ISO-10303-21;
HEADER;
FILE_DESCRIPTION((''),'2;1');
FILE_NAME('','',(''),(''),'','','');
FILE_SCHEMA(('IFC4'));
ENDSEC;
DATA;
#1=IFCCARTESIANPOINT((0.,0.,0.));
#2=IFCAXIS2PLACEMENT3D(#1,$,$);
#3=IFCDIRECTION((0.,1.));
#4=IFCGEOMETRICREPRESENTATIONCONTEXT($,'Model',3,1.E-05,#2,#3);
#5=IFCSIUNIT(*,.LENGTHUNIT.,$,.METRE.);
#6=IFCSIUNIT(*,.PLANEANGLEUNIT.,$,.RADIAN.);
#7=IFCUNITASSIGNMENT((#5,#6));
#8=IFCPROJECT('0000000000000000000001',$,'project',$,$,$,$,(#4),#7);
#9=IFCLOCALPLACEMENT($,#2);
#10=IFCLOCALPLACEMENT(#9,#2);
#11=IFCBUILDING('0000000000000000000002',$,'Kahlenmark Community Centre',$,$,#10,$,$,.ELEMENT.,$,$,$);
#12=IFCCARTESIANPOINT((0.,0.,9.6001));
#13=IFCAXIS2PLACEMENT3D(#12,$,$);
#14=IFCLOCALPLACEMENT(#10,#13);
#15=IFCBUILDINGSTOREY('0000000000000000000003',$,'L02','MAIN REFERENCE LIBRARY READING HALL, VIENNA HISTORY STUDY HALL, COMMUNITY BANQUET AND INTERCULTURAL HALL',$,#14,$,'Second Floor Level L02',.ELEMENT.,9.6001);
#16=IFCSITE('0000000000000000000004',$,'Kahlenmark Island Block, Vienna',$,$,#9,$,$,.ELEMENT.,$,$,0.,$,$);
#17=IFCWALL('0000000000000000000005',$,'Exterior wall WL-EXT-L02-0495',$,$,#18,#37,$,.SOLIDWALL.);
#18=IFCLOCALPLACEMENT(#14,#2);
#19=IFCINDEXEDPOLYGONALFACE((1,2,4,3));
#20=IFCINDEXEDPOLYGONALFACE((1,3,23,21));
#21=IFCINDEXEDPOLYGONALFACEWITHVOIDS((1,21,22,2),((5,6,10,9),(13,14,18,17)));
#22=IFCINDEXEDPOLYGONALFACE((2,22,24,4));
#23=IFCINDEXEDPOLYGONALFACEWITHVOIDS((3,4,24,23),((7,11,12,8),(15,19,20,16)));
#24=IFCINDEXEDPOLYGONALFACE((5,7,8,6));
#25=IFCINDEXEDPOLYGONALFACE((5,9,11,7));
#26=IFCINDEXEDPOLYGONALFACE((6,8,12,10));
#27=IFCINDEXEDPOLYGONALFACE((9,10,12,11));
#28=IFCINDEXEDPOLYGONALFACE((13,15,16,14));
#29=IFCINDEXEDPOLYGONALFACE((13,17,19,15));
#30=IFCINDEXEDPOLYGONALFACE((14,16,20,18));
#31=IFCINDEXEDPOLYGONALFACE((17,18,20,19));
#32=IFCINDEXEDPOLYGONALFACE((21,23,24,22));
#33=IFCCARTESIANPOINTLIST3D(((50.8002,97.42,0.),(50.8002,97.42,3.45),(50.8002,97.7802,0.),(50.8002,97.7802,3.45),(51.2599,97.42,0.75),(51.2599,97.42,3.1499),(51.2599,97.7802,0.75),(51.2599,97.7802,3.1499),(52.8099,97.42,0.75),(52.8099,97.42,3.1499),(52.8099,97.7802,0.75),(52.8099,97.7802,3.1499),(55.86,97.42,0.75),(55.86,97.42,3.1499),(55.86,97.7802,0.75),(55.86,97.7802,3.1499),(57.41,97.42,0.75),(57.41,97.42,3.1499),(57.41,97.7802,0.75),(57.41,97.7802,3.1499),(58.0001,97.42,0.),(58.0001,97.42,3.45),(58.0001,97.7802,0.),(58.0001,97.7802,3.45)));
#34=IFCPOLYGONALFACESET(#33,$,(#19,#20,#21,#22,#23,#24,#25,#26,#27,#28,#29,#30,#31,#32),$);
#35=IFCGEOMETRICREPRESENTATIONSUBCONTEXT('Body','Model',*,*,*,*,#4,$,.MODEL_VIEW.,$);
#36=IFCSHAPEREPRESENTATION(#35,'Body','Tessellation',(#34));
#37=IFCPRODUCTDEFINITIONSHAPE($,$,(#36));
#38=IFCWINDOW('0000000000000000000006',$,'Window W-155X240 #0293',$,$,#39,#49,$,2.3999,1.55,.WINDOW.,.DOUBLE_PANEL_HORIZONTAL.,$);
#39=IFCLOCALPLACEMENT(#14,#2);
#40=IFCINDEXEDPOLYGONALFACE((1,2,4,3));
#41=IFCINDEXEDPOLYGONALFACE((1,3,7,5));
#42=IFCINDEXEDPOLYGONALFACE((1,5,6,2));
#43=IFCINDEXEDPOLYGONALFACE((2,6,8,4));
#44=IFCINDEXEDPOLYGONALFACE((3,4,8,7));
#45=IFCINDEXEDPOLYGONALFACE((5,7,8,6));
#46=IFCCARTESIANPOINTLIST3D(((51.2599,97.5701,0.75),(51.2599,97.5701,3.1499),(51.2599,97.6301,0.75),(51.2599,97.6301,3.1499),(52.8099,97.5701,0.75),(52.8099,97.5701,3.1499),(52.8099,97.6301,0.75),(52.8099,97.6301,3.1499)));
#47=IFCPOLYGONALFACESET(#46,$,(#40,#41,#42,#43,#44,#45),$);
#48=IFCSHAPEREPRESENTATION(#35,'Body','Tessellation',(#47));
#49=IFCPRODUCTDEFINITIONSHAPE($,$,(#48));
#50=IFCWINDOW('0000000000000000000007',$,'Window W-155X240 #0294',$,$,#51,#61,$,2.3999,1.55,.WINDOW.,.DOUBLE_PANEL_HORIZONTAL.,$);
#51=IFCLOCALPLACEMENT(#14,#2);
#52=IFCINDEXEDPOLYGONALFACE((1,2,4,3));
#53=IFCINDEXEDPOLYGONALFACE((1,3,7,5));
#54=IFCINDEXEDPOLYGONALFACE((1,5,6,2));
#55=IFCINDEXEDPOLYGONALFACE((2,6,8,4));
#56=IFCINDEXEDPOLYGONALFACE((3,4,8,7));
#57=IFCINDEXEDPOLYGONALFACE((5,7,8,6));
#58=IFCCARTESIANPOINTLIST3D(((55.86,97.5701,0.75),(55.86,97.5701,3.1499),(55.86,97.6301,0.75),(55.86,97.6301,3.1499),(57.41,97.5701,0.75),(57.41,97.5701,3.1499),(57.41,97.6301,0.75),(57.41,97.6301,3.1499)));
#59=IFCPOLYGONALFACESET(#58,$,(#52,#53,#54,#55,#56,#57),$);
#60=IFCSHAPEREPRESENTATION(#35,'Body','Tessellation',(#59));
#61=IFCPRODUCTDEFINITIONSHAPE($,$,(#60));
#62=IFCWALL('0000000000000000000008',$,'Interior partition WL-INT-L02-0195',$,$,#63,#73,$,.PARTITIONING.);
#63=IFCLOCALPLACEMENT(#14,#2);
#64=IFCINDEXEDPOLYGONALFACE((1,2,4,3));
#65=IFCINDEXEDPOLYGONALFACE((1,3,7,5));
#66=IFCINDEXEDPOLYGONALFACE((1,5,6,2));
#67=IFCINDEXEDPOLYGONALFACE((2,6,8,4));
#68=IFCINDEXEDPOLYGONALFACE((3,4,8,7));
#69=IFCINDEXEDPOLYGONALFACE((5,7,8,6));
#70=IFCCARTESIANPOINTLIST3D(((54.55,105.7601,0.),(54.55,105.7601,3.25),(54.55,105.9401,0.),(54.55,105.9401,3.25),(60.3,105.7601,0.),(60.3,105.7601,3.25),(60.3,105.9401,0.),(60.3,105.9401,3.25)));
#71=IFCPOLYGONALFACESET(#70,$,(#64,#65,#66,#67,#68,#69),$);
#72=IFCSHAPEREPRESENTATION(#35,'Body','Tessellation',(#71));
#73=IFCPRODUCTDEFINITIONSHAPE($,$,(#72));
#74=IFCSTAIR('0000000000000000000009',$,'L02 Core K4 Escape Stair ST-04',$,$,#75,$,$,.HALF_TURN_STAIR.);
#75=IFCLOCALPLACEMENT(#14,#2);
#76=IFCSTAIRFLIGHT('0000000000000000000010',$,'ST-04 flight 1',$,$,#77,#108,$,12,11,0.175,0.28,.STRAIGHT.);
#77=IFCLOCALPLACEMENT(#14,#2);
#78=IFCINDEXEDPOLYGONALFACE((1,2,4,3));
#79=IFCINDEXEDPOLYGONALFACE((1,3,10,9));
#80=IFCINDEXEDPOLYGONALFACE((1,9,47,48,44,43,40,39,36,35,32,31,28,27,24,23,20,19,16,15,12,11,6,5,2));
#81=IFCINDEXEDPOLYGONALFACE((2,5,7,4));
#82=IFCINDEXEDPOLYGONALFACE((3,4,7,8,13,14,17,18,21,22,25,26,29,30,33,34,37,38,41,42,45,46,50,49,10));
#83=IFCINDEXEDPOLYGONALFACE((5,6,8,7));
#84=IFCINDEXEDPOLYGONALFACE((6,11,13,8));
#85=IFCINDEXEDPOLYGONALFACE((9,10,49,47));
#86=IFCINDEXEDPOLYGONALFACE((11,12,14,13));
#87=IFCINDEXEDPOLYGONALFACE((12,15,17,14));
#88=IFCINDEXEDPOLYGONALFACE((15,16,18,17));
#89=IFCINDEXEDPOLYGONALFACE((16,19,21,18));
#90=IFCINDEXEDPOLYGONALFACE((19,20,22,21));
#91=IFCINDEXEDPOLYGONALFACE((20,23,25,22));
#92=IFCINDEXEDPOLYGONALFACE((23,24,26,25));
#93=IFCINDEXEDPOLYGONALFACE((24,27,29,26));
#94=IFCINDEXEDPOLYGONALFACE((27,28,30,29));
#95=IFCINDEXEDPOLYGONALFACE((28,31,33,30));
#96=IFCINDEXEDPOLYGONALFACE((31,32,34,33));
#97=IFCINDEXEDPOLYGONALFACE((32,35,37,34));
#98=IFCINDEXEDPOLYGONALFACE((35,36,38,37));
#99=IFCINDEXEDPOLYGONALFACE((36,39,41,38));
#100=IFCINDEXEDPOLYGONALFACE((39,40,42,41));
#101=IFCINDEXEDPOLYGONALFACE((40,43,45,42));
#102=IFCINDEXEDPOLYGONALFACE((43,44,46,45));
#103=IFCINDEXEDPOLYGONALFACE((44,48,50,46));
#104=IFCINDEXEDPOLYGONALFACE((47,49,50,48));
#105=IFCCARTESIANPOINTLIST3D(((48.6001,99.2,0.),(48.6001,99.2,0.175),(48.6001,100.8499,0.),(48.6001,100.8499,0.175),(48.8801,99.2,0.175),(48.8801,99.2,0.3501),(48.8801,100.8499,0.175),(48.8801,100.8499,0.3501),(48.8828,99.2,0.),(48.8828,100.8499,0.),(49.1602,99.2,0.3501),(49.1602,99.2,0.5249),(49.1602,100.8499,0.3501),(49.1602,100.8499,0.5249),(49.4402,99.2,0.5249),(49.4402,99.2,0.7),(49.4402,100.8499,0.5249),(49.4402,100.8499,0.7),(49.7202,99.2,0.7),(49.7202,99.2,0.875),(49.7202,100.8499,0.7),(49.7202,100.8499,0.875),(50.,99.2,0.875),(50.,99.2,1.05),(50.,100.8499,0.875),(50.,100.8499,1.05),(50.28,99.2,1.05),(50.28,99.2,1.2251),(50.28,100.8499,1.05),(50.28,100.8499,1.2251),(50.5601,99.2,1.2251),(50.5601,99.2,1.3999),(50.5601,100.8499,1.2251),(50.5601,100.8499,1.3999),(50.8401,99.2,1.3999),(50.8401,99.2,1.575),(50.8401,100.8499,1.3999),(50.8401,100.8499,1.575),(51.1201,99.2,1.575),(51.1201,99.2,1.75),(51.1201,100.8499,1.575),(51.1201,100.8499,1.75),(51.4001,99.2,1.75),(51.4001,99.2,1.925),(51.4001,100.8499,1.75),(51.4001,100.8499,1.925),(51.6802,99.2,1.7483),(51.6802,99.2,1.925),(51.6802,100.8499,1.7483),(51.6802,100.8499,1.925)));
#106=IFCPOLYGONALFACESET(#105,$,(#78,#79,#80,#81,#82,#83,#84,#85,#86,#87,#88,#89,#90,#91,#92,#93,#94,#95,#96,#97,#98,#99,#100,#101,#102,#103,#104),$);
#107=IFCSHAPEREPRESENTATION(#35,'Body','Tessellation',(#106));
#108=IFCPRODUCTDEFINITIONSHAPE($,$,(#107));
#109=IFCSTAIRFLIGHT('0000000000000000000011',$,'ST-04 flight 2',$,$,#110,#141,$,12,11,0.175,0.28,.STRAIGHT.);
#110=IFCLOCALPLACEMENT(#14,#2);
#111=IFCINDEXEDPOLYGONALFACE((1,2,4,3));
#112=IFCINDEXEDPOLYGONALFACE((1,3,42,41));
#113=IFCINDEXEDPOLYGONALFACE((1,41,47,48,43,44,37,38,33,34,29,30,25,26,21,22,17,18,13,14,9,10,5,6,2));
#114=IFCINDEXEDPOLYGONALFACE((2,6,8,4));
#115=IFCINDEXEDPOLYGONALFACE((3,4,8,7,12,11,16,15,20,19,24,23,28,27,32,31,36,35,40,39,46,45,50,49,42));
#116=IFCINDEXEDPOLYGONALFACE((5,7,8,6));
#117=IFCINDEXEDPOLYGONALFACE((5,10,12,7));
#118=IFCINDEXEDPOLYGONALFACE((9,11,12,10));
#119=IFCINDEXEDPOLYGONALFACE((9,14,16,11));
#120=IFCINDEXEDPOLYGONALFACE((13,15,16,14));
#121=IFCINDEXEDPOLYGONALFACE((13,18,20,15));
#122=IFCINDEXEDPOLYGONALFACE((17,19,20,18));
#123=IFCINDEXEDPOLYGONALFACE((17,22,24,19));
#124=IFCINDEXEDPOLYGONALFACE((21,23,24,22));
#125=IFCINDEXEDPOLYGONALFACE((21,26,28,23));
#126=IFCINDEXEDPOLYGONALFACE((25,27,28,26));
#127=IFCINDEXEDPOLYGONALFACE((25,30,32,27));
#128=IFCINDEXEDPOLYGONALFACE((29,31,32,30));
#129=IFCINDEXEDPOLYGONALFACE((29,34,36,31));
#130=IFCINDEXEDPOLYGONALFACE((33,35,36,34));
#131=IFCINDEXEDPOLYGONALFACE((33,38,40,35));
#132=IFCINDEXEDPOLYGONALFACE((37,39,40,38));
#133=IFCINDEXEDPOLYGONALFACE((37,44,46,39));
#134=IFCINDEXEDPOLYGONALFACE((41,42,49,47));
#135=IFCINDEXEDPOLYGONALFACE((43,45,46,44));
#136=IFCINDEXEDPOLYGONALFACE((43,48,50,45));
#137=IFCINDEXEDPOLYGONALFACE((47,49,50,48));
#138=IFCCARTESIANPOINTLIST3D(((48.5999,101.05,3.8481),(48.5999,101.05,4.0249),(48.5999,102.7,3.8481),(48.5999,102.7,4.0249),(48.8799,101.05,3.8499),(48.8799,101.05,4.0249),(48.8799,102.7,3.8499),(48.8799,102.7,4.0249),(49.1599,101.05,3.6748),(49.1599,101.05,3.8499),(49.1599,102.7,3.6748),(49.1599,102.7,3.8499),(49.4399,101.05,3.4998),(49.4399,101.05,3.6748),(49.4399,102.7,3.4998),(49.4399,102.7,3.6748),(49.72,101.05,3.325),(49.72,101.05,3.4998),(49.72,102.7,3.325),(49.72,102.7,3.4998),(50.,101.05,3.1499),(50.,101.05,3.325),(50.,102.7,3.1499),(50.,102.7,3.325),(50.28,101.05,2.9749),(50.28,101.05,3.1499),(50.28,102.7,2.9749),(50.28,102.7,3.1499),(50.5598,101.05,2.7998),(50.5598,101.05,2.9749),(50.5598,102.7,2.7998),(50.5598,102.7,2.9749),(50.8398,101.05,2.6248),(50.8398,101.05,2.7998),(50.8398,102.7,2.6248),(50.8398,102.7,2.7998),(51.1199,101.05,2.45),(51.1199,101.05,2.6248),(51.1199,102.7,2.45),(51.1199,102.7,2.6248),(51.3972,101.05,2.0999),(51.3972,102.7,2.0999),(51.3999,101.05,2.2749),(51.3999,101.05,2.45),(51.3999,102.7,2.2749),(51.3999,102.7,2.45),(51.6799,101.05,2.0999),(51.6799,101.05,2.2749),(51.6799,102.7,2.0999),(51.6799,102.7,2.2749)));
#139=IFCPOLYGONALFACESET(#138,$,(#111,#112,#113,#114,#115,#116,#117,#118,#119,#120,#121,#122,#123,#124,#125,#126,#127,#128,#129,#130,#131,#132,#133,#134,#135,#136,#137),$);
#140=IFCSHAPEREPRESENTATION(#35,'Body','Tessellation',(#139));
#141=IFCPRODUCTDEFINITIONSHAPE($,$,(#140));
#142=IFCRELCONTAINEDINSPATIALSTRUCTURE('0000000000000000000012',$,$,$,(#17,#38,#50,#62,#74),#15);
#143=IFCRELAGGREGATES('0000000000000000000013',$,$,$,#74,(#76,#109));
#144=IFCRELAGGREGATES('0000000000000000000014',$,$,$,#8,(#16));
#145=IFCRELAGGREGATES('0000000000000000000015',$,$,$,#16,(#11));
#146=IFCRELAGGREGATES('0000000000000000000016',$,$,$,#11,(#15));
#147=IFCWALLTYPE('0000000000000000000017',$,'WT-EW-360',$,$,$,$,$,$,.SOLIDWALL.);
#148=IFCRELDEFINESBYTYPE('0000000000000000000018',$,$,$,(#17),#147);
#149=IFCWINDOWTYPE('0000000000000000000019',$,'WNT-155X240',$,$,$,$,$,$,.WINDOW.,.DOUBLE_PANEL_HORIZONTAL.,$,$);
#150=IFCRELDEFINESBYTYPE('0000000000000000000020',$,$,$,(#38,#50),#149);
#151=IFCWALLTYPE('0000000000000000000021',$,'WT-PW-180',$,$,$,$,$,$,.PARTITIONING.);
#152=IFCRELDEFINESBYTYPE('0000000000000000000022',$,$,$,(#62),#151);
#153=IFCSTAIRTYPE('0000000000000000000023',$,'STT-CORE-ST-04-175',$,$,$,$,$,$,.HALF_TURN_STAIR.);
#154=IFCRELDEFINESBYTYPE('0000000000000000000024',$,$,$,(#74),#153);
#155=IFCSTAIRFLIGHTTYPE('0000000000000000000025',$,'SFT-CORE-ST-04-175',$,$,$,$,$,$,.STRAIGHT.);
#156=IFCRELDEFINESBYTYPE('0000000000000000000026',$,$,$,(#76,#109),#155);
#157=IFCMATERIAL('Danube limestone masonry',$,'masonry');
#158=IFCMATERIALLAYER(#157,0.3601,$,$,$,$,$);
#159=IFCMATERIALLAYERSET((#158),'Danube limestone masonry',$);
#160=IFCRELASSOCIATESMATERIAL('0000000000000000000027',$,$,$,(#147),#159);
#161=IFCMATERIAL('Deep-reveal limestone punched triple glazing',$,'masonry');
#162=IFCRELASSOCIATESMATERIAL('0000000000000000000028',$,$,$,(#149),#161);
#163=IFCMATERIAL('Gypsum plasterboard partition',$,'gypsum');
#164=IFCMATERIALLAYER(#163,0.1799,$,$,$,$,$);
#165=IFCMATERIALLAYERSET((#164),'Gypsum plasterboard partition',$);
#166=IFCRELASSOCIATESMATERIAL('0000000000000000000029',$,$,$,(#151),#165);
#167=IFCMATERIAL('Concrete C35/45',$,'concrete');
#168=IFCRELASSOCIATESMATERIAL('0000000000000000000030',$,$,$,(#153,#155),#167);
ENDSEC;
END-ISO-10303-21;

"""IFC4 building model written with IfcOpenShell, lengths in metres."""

from ifc_helpers import new_model, si_unit, direction, frame, frame_2d, origin, place, context, subcontext, project, spatial, polyline, rectangle, outline, extrude, material, layer, layer_set, type_object, element, fill, aggregate, save


model = new_model("IFC4")

# Units and contexts
model_context = context("Model", 3, precision=1e-05, world=origin(), true_north=direction((0.0, 1.0)))
body_context = subcontext(model_context, "Body", "Model", "MODEL_VIEW")
ifc_project = project(units=[si_unit("LENGTHUNIT", "METRE"), si_unit("PLANEANGLEUNIT", "RADIAN")], contexts=[model_context])

# Site, building, storey
site_placement = place(None, origin())
site = spatial("IfcSite", under=ifc_project, at=site_placement, Name="Kahlenmark Island Block, Vienna", CompositionType="ELEMENT", RefElevation=0.0)
building_placement = place(site_placement, origin())
building = spatial("IfcBuilding", under=site, at=building_placement, Name="Kahlenmark Community Centre", CompositionType="ELEMENT")
storey_placement = place(building_placement, frame((0.0, 0.0, 9.6001)))
storey = spatial("IfcBuildingStorey", under=building, at=storey_placement, Name="L02", Description="MAIN REFERENCE LIBRARY READING HALL, VIENNA HISTORY STUDY HALL, COMMUNITY BANQUET AND INTERCULTURAL HALL", LongName="Second Floor Level L02", CompositionType="ELEMENT", Elevation=9.6001)

# Shared definitions
ifc_material_1 = material(Name="Concrete C35/45", Category="concrete")

# Wall, openings, windows
ifc_material_2 = material(Name="Danube limestone masonry", Category="masonry")
ifc_layer_1 = layer(ifc_material_2, 0.3601)
ifc_layer_set_1 = layer_set([ifc_layer_1], Name="Danube limestone masonry")
wall_type_1 = type_object("IfcWallType", Name="WT-EW-360", PredefinedType="SOLIDWALL", material=ifc_layer_set_1)
wall_1_placement = place(storey_placement, frame((50.8, 97.6001, 0.0), z_axis=(0.0, 0.0, 1.0), x_axis=(1.0, 0.0, 0.0)))
wall_1 = element("IfcWall", 1, at=wall_1_placement, inside=storey, type_object=wall_type_1, Name="Exterior wall WL-EXT-L02-0495", PredefinedType="SOLIDWALL", context=body_context, shape_type="SweptSolid", body=[
    extrude(rectangle(XDim=7.2, YDim=0.3601, at=frame_2d((3.6001, 0.0))), origin(), (0.0, 0.0, 1.0), 3.45),
])
opening_1_placement = place(wall_1_placement, frame((0.46, 0.0, 0.75)))
opening_1 = element("IfcOpeningElement", 2, at=opening_1_placement, cuts=wall_1, PredefinedType="OPENING", context=body_context, shape_type="SweptSolid", body=[
    extrude(rectangle(XDim=1.55, YDim=2.3999, at=frame_2d((0.7749, 1.2))), frame((0.0, 0.1899, 0.0), z_axis=(0.0, -1.0, 0.0), x_axis=(1.0, 0.0, 0.0)), (0.0, 0.0, 1.0), 0.3801),
])
opening_2_placement = place(wall_1_placement, frame((5.0601, 0.0, 0.75)))
opening_2 = element("IfcOpeningElement", 3, at=opening_2_placement, cuts=wall_1, PredefinedType="OPENING", context=body_context, shape_type="SweptSolid", body=[
    extrude(rectangle(XDim=1.55, YDim=2.3999, at=frame_2d((0.7749, 1.2))), frame((0.0, 0.1899, 0.0), z_axis=(0.0, -1.0, 0.0), x_axis=(1.0, 0.0, 0.0)), (0.0, 0.0, 1.0), 0.3801),
])
ifc_material_3 = material(Name="Deep-reveal limestone punched triple glazing", Category="masonry")
window_type = type_object("IfcWindowType", Name="WNT-155X240", PartitioningType="DOUBLE_PANEL_HORIZONTAL", PredefinedType="WINDOW", material=ifc_material_3)
window_1_placement = place(opening_1_placement, origin())
window_1 = element("IfcWindow", 4, at=window_1_placement, inside=storey, type_object=window_type, Name="Window W-155X240 #0293", OverallHeight=2.3999, OverallWidth=1.55, PartitioningType="DOUBLE_PANEL_HORIZONTAL", PredefinedType="WINDOW", context=body_context, shape_type="SweptSolid", body=[
    extrude(rectangle(XDim=1.55, YDim=2.3999, at=frame_2d((0.7749, 1.2))), frame((0.0, 0.03, 0.0), z_axis=(0.0, -1.0, 0.0), x_axis=(1.0, 0.0, 0.0)), (0.0, 0.0, 1.0), 0.0601),
])
fill(opening_1, window_1)
window_2_placement = place(opening_2_placement, origin())
window_2 = element("IfcWindow", 5, at=window_2_placement, inside=storey, type_object=window_type, Name="Window W-155X240 #0294", OverallHeight=2.3999, OverallWidth=1.55, PartitioningType="DOUBLE_PANEL_HORIZONTAL", PredefinedType="WINDOW", context=body_context, shape_type="SweptSolid", body=[
    extrude(rectangle(XDim=1.55, YDim=2.3999, at=frame_2d((0.7749, 1.2))), frame((0.0, 0.03, 0.0), z_axis=(0.0, -1.0, 0.0), x_axis=(1.0, 0.0, 0.0)), (0.0, 0.0, 1.0), 0.0601),
])
fill(opening_2, window_2)

# Wall
ifc_material_4 = material(Name="Gypsum plasterboard partition", Category="gypsum")
ifc_layer_2 = layer(ifc_material_4, 0.1799)
ifc_layer_set_2 = layer_set([ifc_layer_2], Name="Gypsum plasterboard partition")
wall_type_2 = type_object("IfcWallType", Name="WT-PW-180", PredefinedType="PARTITIONING", material=ifc_layer_set_2)
wall_2_placement = place(storey_placement, frame((54.55, 105.8501, 0.0), z_axis=(0.0, 0.0, 1.0), x_axis=(1.0, 0.0, 0.0)))
element("IfcWall", 6, at=wall_2_placement, inside=storey, type_object=wall_type_2, Name="Interior partition WL-INT-L02-0195", PredefinedType="PARTITIONING", context=body_context, shape_type="SweptSolid", body=[
    extrude(rectangle(XDim=5.75, YDim=0.1799, at=frame_2d((2.875, 0.0))), origin(), (0.0, 0.0, 1.0), 3.25),
])

# Stair, stair flights
stair_type = type_object("IfcStairType", Name="STT-CORE-ST-04-175", PredefinedType="HALF_TURN_STAIR", material=ifc_material_1)
stair_placement = place(storey_placement, origin())
stair = element("IfcStair", 7, at=stair_placement, inside=storey, type_object=stair_type, Name="L02 Core K4 Escape Stair ST-04", PredefinedType="HALF_TURN_STAIR")
stair_flight_type = type_object("IfcStairFlightType", Name="SFT-CORE-ST-04-175", PredefinedType="STRAIGHT", material=ifc_material_1)
stair_flight_1_placement = place(storey_placement, frame((48.6001, 100.0249, 0.0), z_axis=(0.0, 0.0, 1.0), x_axis=(1.0, 0.0, 0.0)))
stair_flight_1 = element("IfcStairFlight", 8, at=stair_flight_1_placement, type_object=stair_flight_type, Name="ST-04 flight 1", NumberOfRisers=12, NumberOfTreads=11, PredefinedType="STRAIGHT", RiserHeight=0.175, TreadLength=0.28, context=body_context, shape_type="SweptSolid", body=[
    extrude(outline(polyline([(0.0, 0.0), (0.0, 0.175), (0.28, 0.175), (0.28, 0.3501), (0.5601, 0.3501), (0.5601, 0.5249), (0.8401, 0.5249), (0.8401, 0.7), (1.1201, 0.7), (1.1201, 0.875), (1.3999, 0.875), (1.3999, 1.05), (1.6799, 1.05), (1.6799, 1.2251), (1.96, 1.2251), (1.96, 1.3999), (2.24, 1.3999), (2.24, 1.575), (2.52, 1.575), (2.52, 1.75), (2.8, 1.75), (2.8, 1.925), (3.0801, 1.925), (3.0801, 2.1001), (3.0801, 1.7483), (0.2827, 0.0), (0.0, 0.0)])), frame((0.0, 0.825, 0.0), z_axis=(0.0, -1.0, 0.0), x_axis=(1.0, 0.0, 0.0)), (0.0, 0.0, 1.0), 1.6499),
])
stair_flight_2_placement = place(storey_placement, frame((51.6799, 101.875, 2.0999), z_axis=(0.0, 0.0, 1.0), x_axis=(-1.0, 0.0, 0.0)))
stair_flight_2 = element("IfcStairFlight", 9, at=stair_flight_2_placement, type_object=stair_flight_type, Name="ST-04 flight 2", NumberOfRisers=12, NumberOfTreads=11, PredefinedType="STRAIGHT", RiserHeight=0.175, TreadLength=0.28, context=body_context, shape_type="SweptSolid", body=[
    extrude(outline(polyline([(0.0, 0.0), (0.0, 0.175), (0.28, 0.175), (0.28, 0.3501), (0.5601, 0.3501), (0.5601, 0.5249), (0.8401, 0.5249), (0.8401, 0.7), (1.1201, 0.7), (1.1201, 0.875), (1.3999, 0.875), (1.3999, 1.05), (1.6799, 1.05), (1.6799, 1.2251), (1.96, 1.2251), (1.96, 1.3999), (2.24, 1.3999), (2.24, 1.575), (2.52, 1.575), (2.52, 1.75), (2.8, 1.75), (2.8, 1.925), (3.0801, 1.925), (3.0801, 2.1001), (3.0801, 1.7483), (0.2827, 0.0), (0.0, 0.0)])), frame((0.0, 0.825, 0.0), z_axis=(0.0, -1.0, 0.0), x_axis=(1.0, 0.0, 0.0)), (0.0, 0.0, 1.0), 1.6499),
])
aggregate(stair, [stair_flight_1, stair_flight_2])

save(model, "model.ifc")
